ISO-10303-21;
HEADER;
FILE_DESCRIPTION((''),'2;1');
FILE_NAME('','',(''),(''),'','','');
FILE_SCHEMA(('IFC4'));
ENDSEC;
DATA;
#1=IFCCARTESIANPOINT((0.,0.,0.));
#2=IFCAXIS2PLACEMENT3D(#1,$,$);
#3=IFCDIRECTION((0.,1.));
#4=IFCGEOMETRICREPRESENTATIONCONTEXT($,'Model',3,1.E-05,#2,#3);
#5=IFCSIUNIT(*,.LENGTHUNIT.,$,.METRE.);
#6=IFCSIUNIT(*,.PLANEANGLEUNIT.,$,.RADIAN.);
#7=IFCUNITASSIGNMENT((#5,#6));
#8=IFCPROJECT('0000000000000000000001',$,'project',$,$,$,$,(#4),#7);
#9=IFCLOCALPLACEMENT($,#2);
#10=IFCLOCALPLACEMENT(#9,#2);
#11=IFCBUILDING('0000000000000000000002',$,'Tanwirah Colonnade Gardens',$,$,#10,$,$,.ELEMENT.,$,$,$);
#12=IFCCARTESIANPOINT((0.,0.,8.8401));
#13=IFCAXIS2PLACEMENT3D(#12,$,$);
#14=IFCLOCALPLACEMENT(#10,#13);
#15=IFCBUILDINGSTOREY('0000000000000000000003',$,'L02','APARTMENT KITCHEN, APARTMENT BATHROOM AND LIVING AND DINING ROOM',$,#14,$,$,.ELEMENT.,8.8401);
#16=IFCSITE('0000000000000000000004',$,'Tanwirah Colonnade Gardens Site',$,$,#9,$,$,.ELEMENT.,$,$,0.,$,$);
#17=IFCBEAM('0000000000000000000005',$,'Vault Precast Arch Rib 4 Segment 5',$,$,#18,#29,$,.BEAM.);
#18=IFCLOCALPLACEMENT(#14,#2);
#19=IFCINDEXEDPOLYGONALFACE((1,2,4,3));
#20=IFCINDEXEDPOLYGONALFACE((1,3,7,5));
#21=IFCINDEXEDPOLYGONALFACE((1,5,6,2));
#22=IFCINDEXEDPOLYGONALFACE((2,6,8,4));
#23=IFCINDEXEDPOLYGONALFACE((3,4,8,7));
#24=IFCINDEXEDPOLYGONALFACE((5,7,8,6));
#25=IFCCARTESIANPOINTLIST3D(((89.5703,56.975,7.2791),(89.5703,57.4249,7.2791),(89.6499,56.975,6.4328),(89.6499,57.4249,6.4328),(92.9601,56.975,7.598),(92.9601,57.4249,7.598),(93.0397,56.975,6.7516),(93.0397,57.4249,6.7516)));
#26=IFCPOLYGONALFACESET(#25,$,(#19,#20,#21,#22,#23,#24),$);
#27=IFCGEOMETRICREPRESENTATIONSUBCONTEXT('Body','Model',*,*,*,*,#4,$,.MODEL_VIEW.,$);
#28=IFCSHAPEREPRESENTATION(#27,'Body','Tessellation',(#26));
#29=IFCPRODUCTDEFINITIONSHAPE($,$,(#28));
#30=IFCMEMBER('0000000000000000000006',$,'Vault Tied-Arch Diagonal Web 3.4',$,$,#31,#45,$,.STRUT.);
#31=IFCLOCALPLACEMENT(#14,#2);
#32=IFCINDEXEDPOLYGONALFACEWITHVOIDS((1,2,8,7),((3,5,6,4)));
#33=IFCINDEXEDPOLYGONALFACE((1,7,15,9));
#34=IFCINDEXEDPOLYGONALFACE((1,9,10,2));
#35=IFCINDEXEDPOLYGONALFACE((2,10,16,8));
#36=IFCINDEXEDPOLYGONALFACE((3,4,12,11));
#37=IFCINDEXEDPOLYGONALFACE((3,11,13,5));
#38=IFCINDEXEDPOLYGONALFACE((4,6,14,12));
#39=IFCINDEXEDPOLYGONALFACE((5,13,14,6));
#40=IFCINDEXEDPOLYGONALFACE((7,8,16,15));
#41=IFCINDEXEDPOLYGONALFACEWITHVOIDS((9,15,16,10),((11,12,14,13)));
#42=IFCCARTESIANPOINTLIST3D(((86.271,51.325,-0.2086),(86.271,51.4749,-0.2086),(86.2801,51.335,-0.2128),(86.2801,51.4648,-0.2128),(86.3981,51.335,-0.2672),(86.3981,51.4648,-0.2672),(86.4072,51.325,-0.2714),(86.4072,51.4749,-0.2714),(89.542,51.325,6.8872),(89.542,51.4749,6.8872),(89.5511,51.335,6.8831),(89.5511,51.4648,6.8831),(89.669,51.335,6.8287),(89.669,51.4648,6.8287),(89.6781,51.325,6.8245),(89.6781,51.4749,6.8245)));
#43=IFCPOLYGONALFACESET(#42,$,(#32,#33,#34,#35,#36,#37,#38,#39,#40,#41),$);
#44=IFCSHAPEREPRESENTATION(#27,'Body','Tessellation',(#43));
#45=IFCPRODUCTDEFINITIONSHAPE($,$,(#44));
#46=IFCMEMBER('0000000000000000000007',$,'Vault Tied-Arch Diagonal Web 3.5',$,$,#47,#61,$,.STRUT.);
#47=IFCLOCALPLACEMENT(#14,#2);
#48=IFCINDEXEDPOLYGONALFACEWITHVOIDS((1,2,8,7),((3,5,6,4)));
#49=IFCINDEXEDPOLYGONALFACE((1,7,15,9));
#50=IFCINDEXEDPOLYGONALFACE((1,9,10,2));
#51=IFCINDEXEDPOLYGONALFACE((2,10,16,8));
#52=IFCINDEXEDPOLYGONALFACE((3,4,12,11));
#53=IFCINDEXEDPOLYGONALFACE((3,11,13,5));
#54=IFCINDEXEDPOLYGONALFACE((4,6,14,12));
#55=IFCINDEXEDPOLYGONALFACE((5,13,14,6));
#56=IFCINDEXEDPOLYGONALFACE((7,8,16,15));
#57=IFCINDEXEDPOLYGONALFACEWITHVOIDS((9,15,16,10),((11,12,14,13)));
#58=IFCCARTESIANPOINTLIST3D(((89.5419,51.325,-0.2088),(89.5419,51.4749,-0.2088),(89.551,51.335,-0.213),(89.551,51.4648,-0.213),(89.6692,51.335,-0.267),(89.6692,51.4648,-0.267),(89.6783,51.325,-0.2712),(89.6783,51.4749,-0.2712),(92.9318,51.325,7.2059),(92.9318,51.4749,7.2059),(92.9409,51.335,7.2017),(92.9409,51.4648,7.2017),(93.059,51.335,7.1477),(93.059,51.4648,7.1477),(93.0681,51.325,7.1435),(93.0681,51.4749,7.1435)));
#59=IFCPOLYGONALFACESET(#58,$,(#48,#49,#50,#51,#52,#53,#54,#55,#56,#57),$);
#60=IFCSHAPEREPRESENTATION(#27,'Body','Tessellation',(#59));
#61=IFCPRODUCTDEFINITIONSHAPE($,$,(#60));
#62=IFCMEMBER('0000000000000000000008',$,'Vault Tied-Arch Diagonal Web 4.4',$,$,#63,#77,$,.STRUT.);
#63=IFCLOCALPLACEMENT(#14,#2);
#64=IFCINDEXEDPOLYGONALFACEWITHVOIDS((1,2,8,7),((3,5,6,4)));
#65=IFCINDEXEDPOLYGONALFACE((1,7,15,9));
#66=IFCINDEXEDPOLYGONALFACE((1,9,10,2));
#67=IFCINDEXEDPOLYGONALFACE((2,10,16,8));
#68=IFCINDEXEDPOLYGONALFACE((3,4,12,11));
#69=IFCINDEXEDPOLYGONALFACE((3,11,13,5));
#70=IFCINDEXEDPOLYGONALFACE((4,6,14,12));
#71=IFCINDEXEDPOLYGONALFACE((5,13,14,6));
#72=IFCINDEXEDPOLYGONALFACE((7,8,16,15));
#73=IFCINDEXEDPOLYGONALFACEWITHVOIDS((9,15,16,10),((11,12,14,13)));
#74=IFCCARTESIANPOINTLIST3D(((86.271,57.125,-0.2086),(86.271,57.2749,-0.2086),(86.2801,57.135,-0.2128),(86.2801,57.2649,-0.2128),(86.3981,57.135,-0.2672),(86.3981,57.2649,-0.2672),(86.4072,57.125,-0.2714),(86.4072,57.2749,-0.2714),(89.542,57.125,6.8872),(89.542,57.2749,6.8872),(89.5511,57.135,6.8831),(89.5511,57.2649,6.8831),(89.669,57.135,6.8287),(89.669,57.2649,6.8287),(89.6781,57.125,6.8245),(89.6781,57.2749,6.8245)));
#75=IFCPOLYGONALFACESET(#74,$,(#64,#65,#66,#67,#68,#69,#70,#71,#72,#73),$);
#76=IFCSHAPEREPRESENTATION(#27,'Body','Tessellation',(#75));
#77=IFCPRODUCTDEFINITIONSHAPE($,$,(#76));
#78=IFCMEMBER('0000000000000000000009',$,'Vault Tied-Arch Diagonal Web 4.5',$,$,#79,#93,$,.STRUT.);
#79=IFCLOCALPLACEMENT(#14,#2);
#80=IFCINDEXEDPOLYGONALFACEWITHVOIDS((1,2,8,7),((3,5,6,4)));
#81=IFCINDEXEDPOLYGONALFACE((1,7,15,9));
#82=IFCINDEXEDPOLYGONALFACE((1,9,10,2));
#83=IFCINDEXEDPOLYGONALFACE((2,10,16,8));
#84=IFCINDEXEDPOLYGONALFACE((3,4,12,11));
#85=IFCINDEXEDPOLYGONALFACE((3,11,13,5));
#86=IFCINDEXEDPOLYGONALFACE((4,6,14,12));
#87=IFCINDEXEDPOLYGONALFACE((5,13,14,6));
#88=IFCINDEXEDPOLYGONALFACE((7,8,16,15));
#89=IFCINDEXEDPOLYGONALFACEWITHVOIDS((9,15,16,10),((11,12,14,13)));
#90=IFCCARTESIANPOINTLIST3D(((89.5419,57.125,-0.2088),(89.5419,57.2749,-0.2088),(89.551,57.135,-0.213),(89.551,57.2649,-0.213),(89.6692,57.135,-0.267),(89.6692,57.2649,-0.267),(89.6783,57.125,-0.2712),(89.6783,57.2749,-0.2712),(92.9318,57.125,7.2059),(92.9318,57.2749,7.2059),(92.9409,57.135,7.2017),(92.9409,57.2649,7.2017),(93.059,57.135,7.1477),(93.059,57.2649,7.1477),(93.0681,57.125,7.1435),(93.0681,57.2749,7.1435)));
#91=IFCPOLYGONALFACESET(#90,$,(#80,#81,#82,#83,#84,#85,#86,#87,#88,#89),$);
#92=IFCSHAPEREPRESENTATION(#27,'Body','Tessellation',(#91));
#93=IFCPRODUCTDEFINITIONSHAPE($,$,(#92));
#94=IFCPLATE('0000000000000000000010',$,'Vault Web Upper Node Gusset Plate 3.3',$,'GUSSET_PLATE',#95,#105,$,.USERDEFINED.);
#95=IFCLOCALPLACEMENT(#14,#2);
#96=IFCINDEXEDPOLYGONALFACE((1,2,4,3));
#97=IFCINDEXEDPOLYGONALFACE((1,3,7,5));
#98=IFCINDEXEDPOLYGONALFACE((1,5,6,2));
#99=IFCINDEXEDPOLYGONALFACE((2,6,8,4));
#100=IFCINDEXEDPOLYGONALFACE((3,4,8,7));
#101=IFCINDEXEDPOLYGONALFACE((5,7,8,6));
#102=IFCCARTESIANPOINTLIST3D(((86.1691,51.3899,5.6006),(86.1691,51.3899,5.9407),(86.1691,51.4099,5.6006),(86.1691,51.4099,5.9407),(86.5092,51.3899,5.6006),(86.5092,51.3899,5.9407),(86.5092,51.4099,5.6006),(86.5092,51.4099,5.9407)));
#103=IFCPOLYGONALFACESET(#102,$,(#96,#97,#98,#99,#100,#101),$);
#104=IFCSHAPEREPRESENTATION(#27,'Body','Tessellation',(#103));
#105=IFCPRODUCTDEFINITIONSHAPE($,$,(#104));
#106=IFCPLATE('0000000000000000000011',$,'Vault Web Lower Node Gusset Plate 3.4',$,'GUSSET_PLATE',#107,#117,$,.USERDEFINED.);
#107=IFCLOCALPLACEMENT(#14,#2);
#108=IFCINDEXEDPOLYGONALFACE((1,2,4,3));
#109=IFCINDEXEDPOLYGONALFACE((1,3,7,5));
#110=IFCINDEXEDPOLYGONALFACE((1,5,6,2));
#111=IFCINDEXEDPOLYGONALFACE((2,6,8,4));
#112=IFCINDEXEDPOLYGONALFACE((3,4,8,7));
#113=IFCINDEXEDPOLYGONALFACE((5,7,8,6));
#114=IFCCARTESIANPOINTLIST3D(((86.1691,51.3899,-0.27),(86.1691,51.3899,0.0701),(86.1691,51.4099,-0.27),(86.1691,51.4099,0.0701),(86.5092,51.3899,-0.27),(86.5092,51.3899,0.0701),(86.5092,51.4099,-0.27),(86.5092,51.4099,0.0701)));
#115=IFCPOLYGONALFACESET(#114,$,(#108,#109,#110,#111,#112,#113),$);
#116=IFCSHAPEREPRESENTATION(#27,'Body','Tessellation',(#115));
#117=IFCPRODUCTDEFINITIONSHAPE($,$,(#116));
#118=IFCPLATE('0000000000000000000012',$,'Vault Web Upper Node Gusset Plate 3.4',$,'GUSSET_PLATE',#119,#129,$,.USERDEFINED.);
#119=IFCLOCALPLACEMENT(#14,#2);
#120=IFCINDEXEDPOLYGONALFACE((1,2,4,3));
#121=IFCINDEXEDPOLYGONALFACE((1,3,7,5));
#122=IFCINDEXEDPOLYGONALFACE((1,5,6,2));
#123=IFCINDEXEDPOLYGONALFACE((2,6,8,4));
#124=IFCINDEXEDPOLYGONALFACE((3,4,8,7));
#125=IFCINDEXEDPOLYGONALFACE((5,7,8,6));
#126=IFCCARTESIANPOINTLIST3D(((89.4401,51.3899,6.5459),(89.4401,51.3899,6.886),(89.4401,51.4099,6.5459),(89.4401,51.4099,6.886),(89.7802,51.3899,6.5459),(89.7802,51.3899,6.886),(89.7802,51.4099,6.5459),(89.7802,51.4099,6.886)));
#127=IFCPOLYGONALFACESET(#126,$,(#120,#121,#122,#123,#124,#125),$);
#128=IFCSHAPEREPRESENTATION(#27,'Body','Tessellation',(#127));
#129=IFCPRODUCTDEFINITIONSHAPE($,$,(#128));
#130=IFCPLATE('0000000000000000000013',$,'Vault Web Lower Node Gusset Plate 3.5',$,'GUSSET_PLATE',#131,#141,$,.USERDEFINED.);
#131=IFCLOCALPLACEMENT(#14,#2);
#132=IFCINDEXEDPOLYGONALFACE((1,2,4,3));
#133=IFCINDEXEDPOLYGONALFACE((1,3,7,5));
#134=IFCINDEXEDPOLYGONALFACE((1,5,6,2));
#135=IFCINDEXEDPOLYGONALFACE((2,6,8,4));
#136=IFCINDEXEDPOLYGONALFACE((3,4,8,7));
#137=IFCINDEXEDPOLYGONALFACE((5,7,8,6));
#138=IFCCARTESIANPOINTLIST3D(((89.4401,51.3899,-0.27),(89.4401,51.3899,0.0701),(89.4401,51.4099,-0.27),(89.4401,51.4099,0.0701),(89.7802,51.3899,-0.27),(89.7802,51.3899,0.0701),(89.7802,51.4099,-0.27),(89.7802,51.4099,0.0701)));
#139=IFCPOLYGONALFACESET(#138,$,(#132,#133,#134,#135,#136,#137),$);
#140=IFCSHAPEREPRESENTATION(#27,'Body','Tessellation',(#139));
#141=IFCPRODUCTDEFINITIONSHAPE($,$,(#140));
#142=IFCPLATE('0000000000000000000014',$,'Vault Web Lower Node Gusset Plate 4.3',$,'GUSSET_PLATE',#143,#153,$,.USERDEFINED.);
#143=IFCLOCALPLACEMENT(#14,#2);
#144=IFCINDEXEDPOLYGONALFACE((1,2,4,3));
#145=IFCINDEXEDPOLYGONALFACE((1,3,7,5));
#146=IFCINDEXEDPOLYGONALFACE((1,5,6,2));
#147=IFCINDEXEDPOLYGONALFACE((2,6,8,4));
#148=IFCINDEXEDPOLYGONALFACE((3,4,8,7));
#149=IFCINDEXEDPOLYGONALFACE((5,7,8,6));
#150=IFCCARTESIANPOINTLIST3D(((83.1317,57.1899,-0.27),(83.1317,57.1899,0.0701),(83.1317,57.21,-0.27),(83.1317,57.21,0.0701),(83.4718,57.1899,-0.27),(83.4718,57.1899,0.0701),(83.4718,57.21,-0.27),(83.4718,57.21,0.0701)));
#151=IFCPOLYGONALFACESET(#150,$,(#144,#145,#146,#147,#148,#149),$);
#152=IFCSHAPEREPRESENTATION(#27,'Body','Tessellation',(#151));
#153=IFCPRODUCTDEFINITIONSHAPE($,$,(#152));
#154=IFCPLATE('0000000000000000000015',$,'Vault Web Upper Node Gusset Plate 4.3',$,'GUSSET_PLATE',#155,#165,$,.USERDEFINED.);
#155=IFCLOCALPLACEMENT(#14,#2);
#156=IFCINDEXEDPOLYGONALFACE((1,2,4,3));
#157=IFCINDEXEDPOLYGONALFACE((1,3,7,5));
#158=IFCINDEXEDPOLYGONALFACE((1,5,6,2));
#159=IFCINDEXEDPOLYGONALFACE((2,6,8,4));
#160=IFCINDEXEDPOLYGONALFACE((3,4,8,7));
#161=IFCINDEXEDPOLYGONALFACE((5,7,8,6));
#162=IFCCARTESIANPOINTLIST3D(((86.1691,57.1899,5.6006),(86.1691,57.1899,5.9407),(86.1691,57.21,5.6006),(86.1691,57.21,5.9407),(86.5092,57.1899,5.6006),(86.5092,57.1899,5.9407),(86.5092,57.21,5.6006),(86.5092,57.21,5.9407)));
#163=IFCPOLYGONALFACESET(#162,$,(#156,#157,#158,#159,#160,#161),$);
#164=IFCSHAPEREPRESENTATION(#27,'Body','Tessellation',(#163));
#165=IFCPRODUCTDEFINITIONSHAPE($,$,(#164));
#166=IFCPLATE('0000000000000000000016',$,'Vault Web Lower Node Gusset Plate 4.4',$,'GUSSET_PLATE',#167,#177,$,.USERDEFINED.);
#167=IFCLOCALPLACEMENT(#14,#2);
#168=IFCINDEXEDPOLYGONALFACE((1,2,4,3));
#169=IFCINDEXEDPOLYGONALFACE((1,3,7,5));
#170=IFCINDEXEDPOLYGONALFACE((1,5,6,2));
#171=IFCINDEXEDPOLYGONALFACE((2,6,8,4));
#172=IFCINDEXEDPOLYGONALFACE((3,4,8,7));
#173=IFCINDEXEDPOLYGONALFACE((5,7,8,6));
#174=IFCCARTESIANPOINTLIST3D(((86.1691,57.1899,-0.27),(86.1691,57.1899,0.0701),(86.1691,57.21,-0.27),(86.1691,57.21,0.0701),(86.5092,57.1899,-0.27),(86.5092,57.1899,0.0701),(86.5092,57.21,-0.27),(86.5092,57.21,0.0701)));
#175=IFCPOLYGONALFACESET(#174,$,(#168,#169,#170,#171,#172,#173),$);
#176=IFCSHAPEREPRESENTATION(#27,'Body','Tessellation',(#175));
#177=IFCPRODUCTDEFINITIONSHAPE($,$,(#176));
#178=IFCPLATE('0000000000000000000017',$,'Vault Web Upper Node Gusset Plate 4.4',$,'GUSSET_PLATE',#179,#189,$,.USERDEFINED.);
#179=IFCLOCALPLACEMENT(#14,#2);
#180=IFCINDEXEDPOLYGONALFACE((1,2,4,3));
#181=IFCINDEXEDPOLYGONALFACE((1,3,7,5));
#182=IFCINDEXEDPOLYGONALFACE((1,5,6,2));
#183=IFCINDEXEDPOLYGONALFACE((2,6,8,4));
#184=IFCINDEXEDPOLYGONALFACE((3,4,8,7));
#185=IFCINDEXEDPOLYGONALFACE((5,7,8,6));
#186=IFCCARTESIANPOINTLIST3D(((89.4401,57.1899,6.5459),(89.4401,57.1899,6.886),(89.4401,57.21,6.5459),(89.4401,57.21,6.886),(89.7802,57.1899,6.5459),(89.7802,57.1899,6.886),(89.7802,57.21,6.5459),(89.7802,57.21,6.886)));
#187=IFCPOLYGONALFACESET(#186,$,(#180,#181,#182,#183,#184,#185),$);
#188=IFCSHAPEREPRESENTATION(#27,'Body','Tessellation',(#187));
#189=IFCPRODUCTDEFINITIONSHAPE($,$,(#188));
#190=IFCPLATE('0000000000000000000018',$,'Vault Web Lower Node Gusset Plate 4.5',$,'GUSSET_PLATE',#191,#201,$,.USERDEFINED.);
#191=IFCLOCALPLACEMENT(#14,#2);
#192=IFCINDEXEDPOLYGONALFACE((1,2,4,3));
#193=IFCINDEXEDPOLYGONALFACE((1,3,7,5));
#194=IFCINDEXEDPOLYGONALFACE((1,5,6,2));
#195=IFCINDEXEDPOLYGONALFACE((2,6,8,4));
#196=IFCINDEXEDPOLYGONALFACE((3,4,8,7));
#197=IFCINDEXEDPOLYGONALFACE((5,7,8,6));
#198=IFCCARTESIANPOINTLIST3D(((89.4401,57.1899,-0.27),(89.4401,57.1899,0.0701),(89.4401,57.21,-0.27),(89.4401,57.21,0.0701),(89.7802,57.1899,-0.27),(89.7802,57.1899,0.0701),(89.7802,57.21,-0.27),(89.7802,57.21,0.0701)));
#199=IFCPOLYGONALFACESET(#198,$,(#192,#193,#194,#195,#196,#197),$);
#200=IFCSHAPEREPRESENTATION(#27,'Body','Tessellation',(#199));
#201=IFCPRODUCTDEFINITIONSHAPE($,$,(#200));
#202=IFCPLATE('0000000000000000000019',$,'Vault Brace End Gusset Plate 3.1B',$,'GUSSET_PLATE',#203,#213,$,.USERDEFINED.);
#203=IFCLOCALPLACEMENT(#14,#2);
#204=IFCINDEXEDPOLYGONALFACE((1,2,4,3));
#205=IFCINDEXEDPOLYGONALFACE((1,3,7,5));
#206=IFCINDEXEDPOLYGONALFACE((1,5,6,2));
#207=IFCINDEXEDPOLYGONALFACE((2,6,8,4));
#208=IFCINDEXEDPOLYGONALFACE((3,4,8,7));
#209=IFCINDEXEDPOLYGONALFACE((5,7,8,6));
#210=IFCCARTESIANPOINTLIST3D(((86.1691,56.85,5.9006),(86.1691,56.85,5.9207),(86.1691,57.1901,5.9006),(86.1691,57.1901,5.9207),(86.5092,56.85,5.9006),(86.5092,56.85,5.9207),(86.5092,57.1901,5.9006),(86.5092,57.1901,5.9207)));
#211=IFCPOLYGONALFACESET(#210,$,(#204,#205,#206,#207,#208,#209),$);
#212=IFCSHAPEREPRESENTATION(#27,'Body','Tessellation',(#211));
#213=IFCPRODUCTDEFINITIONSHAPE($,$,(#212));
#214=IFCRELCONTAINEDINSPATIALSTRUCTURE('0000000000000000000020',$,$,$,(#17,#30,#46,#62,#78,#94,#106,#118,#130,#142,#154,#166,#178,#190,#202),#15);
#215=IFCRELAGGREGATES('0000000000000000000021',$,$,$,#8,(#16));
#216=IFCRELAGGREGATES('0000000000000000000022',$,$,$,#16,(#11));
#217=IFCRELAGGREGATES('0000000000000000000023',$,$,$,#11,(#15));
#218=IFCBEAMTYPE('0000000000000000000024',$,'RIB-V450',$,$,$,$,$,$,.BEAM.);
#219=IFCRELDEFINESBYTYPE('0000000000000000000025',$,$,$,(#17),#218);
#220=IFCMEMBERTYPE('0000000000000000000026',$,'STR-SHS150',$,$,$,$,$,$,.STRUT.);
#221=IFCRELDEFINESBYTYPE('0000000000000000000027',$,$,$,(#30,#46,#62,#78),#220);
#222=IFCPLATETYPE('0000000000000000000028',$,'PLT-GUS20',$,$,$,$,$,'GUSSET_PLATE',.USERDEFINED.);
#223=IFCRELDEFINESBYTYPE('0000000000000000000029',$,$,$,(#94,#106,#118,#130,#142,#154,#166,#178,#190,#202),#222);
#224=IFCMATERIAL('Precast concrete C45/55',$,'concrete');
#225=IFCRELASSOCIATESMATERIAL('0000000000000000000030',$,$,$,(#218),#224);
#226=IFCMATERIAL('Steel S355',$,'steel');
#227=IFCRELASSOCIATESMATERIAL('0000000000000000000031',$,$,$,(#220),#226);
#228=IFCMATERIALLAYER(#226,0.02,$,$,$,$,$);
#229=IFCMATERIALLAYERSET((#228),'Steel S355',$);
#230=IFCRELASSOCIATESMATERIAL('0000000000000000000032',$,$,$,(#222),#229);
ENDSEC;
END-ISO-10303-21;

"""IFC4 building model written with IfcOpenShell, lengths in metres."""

from ifc_helpers import new_model, si_unit, direction, frame, origin, origin_2d, place, context, subcontext, project, spatial, rectangle, hollow_rectangle, extrude, material, layer, layer_set, material_profile, profile_set, type_object, element, save


model = new_model("IFC4")

# Units and contexts
model_context = context("Model", 3, precision=1e-05, world=origin(), true_north=direction((0.0, 1.0)))
body_context = subcontext(model_context, "Body", "Model", "MODEL_VIEW")
ifc_project = project(units=[si_unit("LENGTHUNIT", "METRE"), si_unit("PLANEANGLEUNIT", "RADIAN")], contexts=[model_context])

# Site, building, storey
site_placement = place(None, origin())
site = spatial("IfcSite", under=ifc_project, at=site_placement, Name="Tanwirah Colonnade Gardens Site", CompositionType="ELEMENT", RefElevation=0.0)
building_placement = place(site_placement, origin())
building = spatial("IfcBuilding", under=site, at=building_placement, Name="Tanwirah Colonnade Gardens", CompositionType="ELEMENT")
storey_placement = place(building_placement, frame((0.0, 0.0, 8.8401)))
storey = spatial("IfcBuildingStorey", under=building, at=storey_placement, Name="L02", Description="APARTMENT KITCHEN, APARTMENT BATHROOM AND LIVING AND DINING ROOM", CompositionType="ELEMENT", Elevation=8.8401)

# Shared definitions
ifc_material_1 = material(Name="Steel S355", Category="steel")

# Beam
ifc_material_2 = material(Name="Precast concrete C45/55", Category="concrete")
ifc_material_profile_1 = material_profile(ifc_material_2, rectangle(XDim=0.45, YDim=0.8501, at=origin_2d()), Name="PC-RIB 450x850")
ifc_profile_set_1 = profile_set([ifc_material_profile_1], Name="Precast concrete C45/55")
beam_type = type_object("IfcBeamType", Name="RIB-V450", PredefinedType="BEAM", material=ifc_profile_set_1)
for number, where, z_axis, x_axis, name in (
    (1, (89.6101, 57.2, 6.856), (0.995606, 0.0, 0.093645), (0.0, 1.0, 0.0), "Vault Precast Arch Rib 4 Segment 5"),
):
    element("IfcBeam", number, at=place(storey_placement, frame(where, z_axis=z_axis, x_axis=x_axis)), inside=storey, type_object=beam_type, Name=name, PredefinedType="BEAM", context=body_context, shape_type="SweptSolid", body=[
        extrude(rectangle(XDim=0.45, YDim=0.8501, at=origin_2d()), origin(), (0.0, 0.0, 1.0), 3.4048),
    ])

# Members
ifc_material_profile_2 = material_profile(ifc_material_1, hollow_rectangle(XDim=0.1499, YDim=0.1499, WallThickness=0.01, at=origin_2d()), Name="SHS 150x150x10")
ifc_profile_set_2 = profile_set([ifc_material_profile_2], Name="Steel S355")
member_type_1 = type_object("IfcMemberType", Name="STR-SHS150", PredefinedType="STRUT", material=ifc_profile_set_2)
member_1_placement = place(storey_placement, frame((86.3391, 51.3999, -0.24), z_axis=(0.41863, 0.0, 0.908157), x_axis=(0.0, 1.0, 0.0)))
element("IfcMember", 2, at=member_1_placement, inside=storey, type_object=member_type_1, Name="Vault Tied-Arch Diagonal Web 3.4", PredefinedType="STRUT", context=body_context, shape_type="SweptSolid", body=[
    extrude(hollow_rectangle(XDim=0.1499, YDim=0.1499, WallThickness=0.01, at=origin_2d()), origin(), (0.0, 0.0, 1.0), 7.8135),
])
member_2_placement = place(storey_placement, frame((89.6101, 51.3999, -0.24), z_axis=(0.415787, 0.0, 0.909462), x_axis=(0.0, 1.0, 0.0)))
element("IfcMember", 3, at=member_2_placement, inside=storey, type_object=member_type_1, Name="Vault Tied-Arch Diagonal Web 3.5", PredefinedType="STRUT", context=body_context, shape_type="SweptSolid", body=[
    extrude(hollow_rectangle(XDim=0.1499, YDim=0.1499, WallThickness=0.01, at=origin_2d()), origin(), (0.0, 0.0, 1.0), 8.1528),
])
member_3_placement = place(storey_placement, frame((86.3391, 57.2, -0.24), z_axis=(0.41863, 0.0, 0.908157), x_axis=(0.0, 1.0, 0.0)))
element("IfcMember", 4, at=member_3_placement, inside=storey, type_object=member_type_1, Name="Vault Tied-Arch Diagonal Web 4.4", PredefinedType="STRUT", context=body_context, shape_type="SweptSolid", body=[
    extrude(hollow_rectangle(XDim=0.1499, YDim=0.1499, WallThickness=0.01, at=origin_2d()), origin(), (0.0, 0.0, 1.0), 7.8135),
])
member_4_placement = place(storey_placement, frame((89.6101, 57.2, -0.24), z_axis=(0.415787, 0.0, 0.909462), x_axis=(0.0, 1.0, 0.0)))
element("IfcMember", 5, at=member_4_placement, inside=storey, type_object=member_type_1, Name="Vault Tied-Arch Diagonal Web 4.5", PredefinedType="STRUT", context=body_context, shape_type="SweptSolid", body=[
    extrude(hollow_rectangle(XDim=0.1499, YDim=0.1499, WallThickness=0.01, at=origin_2d()), origin(), (0.0, 0.0, 1.0), 8.1528),
])

# Plates
ifc_layer_1 = layer(ifc_material_1, 0.02)
ifc_layer_set_1 = layer_set([ifc_layer_1], Name="Steel S355")
plate_type_1 = type_object("IfcPlateType", Name="PLT-GUS20", ElementType="GUSSET_PLATE", PredefinedType="USERDEFINED", material=ifc_layer_set_1)
for number, where, z_axis, x_axis, name in (
    (6, (86.3391, 51.3999, 5.6006), (0.0, 0.0, 1.0), (1.0, 0.0, 0.0), "Vault Web Upper Node Gusset Plate 3.3"),
    (7, (86.3391, 51.3999, -0.27), (0.0, 0.0, 1.0), (1.0, 0.0, 0.0), "Vault Web Lower Node Gusset Plate 3.4"),
    (8, (89.6101, 51.3999, 6.5459), (0.0, 0.0, 1.0), (1.0, 0.0, 0.0), "Vault Web Upper Node Gusset Plate 3.4"),
    (9, (89.6101, 51.3999, -0.27), (0.0, 0.0, 1.0), (1.0, 0.0, 0.0), "Vault Web Lower Node Gusset Plate 3.5"),
    (10, (83.3018, 57.2, -0.27), (0.0, 0.0, 1.0), (1.0, 0.0, 0.0), "Vault Web Lower Node Gusset Plate 4.3"),
    (11, (86.3391, 57.2, 5.6006), (0.0, 0.0, 1.0), (1.0, 0.0, 0.0), "Vault Web Upper Node Gusset Plate 4.3"),
    (12, (86.3391, 57.2, -0.27), (0.0, 0.0, 1.0), (1.0, 0.0, 0.0), "Vault Web Lower Node Gusset Plate 4.4"),
    (13, (89.6101, 57.2, 6.5459), (0.0, 0.0, 1.0), (1.0, 0.0, 0.0), "Vault Web Upper Node Gusset Plate 4.4"),
    (14, (89.6101, 57.2, -0.27), (0.0, 0.0, 1.0), (1.0, 0.0, 0.0), "Vault Web Lower Node Gusset Plate 4.5"),
):
    element("IfcPlate", number, at=place(storey_placement, frame(where, z_axis=z_axis, x_axis=x_axis)), inside=storey, type_object=plate_type_1, Name=name, ObjectType="GUSSET_PLATE", PredefinedType="USERDEFINED", context=body_context, shape_type="SweptSolid", body=[
        extrude(rectangle(XDim=0.3401, YDim=0.02, at=origin_2d()), origin(), (0.0, 0.0, 1.0), 0.3401),
    ])
for number, where, z_axis, x_axis, name in (
    (15, (86.3391, 57.02, 5.9006), (0.0, 0.0, 1.0), (1.0, 0.0, 0.0), "Vault Brace End Gusset Plate 3.1B"),
):
    element("IfcPlate", number, at=place(storey_placement, frame(where, z_axis=z_axis, x_axis=x_axis)), inside=storey, type_object=plate_type_1, Name=name, ObjectType="GUSSET_PLATE", PredefinedType="USERDEFINED", context=body_context, shape_type="SweptSolid", body=[
        extrude(rectangle(XDim=0.3401, YDim=0.3401, at=origin_2d()), origin(), (0.0, 0.0, 1.0), 0.02),
    ])

save(model, "model.ifc")
